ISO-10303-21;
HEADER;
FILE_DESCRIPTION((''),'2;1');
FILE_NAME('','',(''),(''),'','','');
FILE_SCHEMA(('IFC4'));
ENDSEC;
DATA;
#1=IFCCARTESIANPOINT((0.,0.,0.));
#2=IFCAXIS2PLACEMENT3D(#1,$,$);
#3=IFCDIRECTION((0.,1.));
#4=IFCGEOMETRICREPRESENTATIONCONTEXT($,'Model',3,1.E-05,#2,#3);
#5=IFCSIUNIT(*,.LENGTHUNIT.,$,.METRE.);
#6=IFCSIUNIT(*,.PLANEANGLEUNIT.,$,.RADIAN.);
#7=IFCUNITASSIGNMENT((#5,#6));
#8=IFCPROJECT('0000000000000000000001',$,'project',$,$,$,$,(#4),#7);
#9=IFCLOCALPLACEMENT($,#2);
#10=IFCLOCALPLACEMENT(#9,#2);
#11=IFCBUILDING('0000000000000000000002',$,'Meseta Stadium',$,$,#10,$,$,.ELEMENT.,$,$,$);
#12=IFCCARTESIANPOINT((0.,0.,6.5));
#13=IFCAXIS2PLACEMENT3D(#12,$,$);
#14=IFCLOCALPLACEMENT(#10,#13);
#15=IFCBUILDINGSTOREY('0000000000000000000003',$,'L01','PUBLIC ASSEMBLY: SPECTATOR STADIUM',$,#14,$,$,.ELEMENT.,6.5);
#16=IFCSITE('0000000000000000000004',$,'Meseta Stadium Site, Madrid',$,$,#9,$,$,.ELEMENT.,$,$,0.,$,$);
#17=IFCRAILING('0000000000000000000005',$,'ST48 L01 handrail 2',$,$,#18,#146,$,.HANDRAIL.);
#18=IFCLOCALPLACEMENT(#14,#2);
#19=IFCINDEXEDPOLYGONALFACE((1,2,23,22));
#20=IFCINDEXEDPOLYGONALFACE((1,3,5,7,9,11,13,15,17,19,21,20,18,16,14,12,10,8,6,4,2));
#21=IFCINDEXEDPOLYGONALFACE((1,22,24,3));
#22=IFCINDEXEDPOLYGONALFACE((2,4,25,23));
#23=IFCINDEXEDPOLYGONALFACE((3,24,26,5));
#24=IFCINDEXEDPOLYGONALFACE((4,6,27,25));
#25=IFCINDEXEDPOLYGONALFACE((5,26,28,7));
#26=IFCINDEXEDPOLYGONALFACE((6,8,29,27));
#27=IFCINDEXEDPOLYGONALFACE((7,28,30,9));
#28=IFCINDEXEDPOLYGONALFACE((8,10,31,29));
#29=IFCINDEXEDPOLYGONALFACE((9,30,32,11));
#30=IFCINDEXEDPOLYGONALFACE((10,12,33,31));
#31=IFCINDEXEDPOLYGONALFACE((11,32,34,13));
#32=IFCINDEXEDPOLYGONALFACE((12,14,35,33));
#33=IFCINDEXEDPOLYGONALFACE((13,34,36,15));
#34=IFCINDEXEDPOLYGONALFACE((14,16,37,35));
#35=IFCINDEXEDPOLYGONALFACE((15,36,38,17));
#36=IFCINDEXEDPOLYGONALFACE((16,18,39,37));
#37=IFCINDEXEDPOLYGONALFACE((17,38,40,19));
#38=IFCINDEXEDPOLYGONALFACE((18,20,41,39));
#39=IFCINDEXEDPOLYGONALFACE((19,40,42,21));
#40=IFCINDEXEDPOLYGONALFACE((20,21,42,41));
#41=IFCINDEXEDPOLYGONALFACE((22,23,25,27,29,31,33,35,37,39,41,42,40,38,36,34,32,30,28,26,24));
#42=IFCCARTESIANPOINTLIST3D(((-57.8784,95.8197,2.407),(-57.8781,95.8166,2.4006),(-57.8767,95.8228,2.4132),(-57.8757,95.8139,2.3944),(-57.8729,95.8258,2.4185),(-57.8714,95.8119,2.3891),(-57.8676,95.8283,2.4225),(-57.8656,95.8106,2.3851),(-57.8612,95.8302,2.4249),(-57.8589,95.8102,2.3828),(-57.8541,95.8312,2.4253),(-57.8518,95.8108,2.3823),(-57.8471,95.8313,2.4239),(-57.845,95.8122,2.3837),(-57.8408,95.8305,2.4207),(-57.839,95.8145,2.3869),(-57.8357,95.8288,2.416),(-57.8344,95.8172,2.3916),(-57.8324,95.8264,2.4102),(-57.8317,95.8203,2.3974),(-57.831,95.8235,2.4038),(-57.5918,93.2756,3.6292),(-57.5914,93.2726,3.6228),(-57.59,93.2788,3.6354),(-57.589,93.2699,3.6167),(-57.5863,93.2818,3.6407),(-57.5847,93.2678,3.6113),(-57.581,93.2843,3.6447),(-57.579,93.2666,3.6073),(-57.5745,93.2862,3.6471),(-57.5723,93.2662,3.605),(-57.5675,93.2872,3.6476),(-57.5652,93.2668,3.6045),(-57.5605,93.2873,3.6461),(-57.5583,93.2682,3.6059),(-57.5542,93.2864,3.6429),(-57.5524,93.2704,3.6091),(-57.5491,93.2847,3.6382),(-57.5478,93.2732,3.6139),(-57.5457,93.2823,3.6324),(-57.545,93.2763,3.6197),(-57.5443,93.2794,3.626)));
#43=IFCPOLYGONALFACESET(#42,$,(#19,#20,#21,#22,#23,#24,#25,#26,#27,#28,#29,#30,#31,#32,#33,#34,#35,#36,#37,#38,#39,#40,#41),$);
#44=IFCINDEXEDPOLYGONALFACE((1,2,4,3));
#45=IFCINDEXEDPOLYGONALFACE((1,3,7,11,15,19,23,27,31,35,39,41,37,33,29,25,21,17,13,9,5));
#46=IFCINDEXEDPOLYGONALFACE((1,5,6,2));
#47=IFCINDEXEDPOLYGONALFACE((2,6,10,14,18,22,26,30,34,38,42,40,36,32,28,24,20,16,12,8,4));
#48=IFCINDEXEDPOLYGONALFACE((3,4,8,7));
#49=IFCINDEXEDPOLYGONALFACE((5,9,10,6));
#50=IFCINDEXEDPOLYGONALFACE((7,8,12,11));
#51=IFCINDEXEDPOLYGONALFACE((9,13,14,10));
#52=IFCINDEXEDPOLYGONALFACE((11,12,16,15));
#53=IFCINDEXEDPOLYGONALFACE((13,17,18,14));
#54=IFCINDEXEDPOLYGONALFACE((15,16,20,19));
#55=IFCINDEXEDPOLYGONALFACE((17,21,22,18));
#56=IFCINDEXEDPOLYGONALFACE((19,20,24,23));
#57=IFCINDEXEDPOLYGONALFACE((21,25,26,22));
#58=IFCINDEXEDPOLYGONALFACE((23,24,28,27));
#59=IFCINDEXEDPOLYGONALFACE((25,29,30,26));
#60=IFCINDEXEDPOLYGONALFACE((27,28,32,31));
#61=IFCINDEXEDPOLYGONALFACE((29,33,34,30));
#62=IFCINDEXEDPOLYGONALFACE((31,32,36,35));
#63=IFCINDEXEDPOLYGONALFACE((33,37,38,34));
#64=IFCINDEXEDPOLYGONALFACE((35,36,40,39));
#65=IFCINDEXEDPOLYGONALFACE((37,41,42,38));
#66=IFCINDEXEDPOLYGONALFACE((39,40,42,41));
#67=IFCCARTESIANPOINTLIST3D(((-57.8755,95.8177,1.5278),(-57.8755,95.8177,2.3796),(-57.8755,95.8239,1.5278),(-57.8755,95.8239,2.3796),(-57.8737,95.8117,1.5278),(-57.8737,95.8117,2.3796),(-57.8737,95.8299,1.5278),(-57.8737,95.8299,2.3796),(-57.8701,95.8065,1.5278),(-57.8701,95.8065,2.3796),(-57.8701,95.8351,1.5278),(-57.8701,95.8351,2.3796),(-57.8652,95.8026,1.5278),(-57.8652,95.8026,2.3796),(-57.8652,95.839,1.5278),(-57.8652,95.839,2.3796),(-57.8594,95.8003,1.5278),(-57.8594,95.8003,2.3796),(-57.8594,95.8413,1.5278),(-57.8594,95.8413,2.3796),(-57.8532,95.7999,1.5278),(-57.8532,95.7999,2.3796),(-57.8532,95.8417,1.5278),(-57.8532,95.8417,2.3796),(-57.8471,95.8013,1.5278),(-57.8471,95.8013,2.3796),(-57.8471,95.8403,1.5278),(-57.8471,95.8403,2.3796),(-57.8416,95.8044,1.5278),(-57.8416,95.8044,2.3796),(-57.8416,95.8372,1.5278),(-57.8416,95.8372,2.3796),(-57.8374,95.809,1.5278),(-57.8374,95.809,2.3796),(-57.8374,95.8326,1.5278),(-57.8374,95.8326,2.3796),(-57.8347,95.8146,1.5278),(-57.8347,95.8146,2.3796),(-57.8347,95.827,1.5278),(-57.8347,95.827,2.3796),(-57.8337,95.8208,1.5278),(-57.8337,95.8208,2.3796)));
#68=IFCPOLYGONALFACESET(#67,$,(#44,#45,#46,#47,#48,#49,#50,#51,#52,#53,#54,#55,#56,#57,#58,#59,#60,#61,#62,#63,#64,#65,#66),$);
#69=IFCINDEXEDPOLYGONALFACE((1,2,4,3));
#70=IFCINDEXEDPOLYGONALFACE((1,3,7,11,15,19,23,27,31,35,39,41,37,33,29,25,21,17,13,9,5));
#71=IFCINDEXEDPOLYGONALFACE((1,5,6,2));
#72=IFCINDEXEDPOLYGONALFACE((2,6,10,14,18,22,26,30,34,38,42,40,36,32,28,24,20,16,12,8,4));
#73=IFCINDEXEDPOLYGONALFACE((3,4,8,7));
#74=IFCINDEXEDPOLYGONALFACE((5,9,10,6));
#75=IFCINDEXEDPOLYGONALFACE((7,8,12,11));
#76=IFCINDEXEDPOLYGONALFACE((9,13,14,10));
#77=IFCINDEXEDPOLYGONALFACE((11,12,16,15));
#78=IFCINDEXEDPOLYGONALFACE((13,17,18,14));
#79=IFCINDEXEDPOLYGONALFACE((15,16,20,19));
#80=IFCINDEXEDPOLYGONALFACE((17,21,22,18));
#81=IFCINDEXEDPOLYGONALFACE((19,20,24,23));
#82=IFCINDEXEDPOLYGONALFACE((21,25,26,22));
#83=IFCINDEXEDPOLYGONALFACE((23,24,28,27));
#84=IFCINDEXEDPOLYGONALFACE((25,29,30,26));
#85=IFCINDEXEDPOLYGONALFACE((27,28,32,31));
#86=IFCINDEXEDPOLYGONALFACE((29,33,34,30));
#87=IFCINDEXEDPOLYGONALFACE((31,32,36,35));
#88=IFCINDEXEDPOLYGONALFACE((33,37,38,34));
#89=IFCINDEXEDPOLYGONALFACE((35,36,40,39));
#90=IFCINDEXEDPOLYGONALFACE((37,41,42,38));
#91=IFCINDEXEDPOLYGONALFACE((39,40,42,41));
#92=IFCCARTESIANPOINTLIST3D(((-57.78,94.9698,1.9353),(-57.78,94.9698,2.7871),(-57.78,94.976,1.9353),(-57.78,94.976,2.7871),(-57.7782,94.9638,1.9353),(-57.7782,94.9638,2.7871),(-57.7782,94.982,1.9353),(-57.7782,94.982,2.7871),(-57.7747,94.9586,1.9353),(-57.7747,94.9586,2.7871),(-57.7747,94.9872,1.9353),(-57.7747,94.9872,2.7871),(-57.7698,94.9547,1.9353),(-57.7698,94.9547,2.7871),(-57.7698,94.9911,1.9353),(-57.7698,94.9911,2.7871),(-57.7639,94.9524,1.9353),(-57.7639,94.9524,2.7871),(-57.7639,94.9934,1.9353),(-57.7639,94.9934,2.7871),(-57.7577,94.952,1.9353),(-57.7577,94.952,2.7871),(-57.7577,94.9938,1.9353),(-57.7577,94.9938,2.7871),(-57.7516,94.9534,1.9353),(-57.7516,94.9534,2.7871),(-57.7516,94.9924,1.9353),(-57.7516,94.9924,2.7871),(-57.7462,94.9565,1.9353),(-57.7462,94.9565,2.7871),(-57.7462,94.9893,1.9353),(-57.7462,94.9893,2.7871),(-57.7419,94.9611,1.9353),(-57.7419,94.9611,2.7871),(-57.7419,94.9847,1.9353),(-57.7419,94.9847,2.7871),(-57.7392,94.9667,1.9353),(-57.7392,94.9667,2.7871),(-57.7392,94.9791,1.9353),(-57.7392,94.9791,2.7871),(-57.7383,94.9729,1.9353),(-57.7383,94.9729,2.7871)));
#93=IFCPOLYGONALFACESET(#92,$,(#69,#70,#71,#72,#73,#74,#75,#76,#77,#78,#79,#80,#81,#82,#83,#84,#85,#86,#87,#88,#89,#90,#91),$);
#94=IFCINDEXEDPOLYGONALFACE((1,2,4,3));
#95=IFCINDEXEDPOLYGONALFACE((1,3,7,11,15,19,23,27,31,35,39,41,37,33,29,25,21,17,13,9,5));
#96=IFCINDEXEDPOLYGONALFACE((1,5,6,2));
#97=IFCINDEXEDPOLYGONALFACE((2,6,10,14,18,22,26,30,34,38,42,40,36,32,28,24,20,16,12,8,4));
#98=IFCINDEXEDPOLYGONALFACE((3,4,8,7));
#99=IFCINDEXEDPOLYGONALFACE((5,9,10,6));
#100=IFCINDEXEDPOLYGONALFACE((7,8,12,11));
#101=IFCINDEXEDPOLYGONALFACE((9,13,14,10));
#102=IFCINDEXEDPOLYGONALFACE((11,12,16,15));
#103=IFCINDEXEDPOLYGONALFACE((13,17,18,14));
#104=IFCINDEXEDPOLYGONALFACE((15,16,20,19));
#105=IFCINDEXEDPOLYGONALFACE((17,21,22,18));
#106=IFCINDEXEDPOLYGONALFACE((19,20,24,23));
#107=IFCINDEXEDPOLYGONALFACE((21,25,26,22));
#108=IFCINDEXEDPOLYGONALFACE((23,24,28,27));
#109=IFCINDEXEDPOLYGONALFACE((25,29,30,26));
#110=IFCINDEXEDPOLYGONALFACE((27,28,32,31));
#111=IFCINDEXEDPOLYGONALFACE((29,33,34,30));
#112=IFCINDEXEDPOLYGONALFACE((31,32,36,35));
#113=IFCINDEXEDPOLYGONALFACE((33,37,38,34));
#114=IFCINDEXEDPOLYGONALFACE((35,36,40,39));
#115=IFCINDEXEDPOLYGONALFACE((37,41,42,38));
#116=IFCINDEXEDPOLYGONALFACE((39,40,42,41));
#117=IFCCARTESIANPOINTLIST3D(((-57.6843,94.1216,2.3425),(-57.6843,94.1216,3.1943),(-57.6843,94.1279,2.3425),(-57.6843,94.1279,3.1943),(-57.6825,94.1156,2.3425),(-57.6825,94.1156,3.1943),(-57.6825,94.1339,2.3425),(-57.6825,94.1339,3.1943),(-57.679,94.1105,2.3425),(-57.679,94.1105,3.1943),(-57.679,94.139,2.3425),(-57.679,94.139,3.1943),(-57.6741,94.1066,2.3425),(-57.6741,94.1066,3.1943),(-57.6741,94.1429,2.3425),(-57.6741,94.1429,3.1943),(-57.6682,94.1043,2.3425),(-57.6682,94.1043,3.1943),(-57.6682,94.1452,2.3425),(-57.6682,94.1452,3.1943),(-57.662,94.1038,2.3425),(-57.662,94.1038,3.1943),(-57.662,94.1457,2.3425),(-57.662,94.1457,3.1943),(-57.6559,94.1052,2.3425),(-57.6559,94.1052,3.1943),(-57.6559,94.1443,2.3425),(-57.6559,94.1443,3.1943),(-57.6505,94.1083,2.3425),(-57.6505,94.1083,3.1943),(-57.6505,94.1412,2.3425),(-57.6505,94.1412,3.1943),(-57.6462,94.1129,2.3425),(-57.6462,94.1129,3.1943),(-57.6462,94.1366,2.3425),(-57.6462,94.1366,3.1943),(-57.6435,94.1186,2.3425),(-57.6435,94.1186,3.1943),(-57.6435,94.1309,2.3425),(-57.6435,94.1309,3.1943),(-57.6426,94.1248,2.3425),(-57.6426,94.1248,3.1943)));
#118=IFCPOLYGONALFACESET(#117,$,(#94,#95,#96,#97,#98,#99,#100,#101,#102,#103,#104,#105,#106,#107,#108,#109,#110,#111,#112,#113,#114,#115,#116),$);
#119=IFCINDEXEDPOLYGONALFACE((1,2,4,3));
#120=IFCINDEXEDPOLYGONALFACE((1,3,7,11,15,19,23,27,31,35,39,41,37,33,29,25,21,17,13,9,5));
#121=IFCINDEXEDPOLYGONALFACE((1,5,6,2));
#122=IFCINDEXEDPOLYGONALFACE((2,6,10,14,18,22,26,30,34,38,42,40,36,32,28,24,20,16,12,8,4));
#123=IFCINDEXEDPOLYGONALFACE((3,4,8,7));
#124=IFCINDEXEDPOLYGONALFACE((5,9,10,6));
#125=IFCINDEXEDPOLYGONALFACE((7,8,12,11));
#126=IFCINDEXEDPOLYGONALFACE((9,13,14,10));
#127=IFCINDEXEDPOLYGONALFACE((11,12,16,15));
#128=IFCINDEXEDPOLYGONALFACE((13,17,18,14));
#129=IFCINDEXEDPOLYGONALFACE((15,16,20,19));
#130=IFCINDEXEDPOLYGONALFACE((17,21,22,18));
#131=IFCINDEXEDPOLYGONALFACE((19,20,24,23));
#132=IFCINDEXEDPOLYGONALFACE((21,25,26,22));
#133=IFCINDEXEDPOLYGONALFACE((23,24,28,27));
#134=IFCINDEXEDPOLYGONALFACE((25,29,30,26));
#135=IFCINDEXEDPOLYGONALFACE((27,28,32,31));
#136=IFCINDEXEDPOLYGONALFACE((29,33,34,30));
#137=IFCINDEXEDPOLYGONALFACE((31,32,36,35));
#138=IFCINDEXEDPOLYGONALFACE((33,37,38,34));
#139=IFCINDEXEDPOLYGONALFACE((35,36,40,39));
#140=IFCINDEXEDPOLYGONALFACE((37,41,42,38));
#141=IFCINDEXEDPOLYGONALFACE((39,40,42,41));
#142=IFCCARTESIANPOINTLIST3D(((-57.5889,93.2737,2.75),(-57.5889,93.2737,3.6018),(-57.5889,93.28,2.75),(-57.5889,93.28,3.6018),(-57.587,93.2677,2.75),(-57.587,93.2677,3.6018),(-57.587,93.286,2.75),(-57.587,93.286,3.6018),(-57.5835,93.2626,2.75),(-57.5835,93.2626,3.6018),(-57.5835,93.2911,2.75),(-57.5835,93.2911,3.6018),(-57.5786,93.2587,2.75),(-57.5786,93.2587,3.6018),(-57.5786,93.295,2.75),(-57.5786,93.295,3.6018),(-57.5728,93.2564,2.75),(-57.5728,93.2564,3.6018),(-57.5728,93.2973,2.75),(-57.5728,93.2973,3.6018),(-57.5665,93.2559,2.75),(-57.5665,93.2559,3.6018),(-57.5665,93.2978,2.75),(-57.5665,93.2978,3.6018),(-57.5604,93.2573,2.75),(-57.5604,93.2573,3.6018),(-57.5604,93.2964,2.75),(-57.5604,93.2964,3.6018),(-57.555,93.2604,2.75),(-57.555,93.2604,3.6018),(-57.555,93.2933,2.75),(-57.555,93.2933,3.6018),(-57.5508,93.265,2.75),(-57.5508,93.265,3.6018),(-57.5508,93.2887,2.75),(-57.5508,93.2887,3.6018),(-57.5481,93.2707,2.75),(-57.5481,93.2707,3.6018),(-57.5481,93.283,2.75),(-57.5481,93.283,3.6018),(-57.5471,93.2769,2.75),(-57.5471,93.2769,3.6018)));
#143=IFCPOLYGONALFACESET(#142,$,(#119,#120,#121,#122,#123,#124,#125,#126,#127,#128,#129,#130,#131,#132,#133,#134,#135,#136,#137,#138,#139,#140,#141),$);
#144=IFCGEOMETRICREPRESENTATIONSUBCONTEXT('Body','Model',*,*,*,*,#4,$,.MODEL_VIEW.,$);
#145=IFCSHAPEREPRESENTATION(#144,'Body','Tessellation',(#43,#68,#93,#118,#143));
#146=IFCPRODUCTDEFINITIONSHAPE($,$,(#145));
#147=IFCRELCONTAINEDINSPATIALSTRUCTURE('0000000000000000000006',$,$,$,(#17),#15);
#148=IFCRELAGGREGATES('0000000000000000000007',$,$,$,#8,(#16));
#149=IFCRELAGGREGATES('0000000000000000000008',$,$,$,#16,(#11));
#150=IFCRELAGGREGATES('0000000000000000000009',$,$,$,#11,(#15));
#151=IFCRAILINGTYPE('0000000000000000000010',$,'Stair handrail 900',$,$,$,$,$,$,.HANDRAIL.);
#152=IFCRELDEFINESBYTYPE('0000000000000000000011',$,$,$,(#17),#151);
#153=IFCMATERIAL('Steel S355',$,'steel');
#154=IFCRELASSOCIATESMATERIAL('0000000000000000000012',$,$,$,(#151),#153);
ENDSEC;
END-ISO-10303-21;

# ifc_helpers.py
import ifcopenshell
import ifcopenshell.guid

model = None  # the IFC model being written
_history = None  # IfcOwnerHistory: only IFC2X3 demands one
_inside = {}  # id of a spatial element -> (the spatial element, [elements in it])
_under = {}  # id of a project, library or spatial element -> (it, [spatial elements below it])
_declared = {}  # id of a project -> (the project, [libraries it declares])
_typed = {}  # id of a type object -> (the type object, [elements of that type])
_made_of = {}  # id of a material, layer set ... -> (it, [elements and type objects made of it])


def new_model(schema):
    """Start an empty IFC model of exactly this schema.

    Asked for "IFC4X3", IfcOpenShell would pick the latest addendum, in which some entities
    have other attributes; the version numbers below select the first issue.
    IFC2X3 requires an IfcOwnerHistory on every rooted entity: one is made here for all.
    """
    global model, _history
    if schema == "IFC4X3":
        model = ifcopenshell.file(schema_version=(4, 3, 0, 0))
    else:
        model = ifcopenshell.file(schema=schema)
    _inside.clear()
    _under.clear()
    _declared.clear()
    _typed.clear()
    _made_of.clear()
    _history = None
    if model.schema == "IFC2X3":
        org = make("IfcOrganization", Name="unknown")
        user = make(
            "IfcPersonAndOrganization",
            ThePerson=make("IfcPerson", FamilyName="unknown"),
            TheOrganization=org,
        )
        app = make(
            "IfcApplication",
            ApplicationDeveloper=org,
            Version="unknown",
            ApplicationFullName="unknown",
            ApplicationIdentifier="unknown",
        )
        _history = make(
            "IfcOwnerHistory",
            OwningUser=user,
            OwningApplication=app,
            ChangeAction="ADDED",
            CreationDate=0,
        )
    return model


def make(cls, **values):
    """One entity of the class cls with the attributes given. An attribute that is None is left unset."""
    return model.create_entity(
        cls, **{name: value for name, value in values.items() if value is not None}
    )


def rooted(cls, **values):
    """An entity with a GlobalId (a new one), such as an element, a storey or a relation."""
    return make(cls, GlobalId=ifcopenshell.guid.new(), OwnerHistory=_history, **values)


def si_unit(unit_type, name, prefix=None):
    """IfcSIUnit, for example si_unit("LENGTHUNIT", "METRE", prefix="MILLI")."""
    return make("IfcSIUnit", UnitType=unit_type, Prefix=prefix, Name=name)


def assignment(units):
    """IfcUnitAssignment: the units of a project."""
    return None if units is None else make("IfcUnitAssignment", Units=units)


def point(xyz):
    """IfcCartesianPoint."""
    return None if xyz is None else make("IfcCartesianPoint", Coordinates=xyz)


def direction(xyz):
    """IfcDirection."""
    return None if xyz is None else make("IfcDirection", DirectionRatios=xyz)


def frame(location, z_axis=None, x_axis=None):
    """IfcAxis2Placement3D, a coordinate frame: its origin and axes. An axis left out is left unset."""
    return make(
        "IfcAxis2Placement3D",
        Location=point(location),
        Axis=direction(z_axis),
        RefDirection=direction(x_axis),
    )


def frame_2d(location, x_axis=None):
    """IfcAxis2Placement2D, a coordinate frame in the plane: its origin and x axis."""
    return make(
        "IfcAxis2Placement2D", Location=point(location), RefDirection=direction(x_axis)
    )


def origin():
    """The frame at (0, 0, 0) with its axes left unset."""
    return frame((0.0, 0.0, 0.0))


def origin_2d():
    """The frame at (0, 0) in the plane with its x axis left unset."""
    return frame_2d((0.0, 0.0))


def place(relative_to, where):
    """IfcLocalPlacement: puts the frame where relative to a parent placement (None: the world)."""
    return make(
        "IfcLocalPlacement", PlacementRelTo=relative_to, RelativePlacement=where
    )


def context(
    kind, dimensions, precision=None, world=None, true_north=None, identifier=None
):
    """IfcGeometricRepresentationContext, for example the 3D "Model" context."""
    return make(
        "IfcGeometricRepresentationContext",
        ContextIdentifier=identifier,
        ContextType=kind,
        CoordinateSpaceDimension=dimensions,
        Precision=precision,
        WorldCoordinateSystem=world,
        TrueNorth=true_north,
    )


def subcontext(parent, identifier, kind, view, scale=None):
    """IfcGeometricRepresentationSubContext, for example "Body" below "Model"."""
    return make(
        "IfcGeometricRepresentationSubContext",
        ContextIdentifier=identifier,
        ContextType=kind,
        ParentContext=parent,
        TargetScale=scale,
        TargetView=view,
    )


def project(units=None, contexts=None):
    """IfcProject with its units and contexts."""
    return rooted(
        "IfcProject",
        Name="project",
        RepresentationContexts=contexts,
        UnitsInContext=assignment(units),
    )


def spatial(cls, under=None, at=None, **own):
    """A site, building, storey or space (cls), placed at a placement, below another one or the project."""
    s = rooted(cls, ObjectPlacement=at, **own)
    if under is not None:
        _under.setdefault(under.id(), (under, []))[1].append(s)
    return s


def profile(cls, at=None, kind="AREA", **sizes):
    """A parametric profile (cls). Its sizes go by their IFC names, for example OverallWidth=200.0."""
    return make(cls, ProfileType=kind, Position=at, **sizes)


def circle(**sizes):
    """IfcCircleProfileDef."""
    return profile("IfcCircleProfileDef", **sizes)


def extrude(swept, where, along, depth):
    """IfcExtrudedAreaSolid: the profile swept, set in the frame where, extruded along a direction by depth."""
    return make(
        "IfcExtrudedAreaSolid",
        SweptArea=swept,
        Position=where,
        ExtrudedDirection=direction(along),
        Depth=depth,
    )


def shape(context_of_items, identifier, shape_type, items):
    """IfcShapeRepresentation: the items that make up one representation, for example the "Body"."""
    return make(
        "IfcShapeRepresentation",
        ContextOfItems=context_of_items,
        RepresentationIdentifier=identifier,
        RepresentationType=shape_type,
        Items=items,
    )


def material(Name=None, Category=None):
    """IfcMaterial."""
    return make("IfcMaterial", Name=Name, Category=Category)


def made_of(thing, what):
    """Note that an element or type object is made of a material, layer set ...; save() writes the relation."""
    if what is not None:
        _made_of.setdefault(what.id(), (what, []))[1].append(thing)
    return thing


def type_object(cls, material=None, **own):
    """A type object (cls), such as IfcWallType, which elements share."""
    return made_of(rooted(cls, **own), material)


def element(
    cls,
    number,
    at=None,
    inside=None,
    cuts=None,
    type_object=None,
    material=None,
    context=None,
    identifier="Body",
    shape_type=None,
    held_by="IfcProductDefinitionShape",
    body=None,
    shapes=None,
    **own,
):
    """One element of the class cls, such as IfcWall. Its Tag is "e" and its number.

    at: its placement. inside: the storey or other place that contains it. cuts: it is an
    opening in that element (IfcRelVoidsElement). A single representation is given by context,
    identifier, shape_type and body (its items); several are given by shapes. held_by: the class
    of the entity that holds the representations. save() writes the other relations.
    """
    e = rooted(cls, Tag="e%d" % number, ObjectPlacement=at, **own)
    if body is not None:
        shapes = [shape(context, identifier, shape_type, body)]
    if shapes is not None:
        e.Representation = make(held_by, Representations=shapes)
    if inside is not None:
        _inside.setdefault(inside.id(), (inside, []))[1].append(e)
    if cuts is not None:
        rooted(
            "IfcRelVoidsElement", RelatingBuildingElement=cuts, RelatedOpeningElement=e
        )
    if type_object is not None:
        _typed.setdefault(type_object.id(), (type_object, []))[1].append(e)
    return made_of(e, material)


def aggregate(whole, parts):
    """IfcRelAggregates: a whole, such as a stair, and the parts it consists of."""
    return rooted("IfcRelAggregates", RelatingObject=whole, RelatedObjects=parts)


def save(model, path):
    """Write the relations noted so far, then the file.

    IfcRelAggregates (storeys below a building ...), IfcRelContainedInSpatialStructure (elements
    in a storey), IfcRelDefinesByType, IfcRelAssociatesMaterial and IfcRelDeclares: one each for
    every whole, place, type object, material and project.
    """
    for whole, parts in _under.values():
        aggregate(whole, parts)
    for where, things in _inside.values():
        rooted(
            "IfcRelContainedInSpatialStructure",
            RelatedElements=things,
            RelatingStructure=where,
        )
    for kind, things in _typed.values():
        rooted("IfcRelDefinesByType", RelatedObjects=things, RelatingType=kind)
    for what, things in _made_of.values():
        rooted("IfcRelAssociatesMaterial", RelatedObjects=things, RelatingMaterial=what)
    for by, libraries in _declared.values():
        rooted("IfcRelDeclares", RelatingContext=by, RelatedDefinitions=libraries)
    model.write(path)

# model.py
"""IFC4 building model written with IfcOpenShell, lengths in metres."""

from ifc_helpers import new_model, si_unit, direction, frame, origin, origin_2d, place, context, subcontext, project, spatial, circle, extrude, material, type_object, element, save


model = new_model("IFC4")

# Units and contexts
model_context = context("Model", 3, precision=1e-05, world=origin(), true_north=direction((0.0, 1.0)))
body_context = subcontext(model_context, "Body", "Model", "MODEL_VIEW")
ifc_project = project(units=[si_unit("LENGTHUNIT", "METRE"), si_unit("PLANEANGLEUNIT", "RADIAN")], contexts=[model_context])

# Site, building, storey
site_placement = place(None, origin())
site = spatial("IfcSite", under=ifc_project, at=site_placement, Name="Meseta Stadium Site, Madrid", CompositionType="ELEMENT", RefElevation=0.0)
building_placement = place(site_placement, origin())
building = spatial("IfcBuilding", under=site, at=building_placement, Name="Meseta Stadium", CompositionType="ELEMENT")
storey_placement = place(building_placement, frame((0.0, 0.0, 6.5)))
storey = spatial("IfcBuildingStorey", under=building, at=storey_placement, Name="L01", Description="PUBLIC ASSEMBLY: SPECTATOR STADIUM", CompositionType="ELEMENT", Elevation=6.5)

# Railing
ifc_material_1 = material(Name="Steel S355", Category="steel")
railing_type_1 = type_object("IfcRailingType", Name="Stair handrail 900", PredefinedType="HANDRAIL", material=ifc_material_1)
for number, where, name in (
    (1, (-57.8547, 95.8208, 1.5278), "ST48 L01 handrail 2"),
):
    element("IfcRailing", number, at=place(storey_placement, frame(where)), inside=storey, type_object=railing_type_1, Name=name, PredefinedType="HANDRAIL", context=body_context, shape_type="SweptSolid", body=[
        extrude(circle(Radius=0.0239, at=origin_2d()), frame((0.0, 0.0, 0.876), z_axis=(0.101036, -0.896762, 0.430824), x_axis=(0.993713, 0.11196, 0.0)), (0.0, 0.0, 1.0), 2.8369),
        extrude(circle(Radius=0.021, at=origin_2d()), origin(), (0.0, 0.0, 1.0), 0.8518),
        extrude(circle(Radius=0.021, at=origin_2d()), frame((0.0955, -0.8479, 0.4075)), (0.0, 0.0, 1.0), 0.8518),
        extrude(circle(Radius=0.021, at=origin_2d()), frame((0.1912, -1.696, 0.8147)), (0.0, 0.0, 1.0), 0.8518),
        extrude(circle(Radius=0.021, at=origin_2d()), frame((0.2866, -2.5439, 1.2222)), (0.0, 0.0, 1.0), 0.8518),
    ])

save(model, "model.ifc")
